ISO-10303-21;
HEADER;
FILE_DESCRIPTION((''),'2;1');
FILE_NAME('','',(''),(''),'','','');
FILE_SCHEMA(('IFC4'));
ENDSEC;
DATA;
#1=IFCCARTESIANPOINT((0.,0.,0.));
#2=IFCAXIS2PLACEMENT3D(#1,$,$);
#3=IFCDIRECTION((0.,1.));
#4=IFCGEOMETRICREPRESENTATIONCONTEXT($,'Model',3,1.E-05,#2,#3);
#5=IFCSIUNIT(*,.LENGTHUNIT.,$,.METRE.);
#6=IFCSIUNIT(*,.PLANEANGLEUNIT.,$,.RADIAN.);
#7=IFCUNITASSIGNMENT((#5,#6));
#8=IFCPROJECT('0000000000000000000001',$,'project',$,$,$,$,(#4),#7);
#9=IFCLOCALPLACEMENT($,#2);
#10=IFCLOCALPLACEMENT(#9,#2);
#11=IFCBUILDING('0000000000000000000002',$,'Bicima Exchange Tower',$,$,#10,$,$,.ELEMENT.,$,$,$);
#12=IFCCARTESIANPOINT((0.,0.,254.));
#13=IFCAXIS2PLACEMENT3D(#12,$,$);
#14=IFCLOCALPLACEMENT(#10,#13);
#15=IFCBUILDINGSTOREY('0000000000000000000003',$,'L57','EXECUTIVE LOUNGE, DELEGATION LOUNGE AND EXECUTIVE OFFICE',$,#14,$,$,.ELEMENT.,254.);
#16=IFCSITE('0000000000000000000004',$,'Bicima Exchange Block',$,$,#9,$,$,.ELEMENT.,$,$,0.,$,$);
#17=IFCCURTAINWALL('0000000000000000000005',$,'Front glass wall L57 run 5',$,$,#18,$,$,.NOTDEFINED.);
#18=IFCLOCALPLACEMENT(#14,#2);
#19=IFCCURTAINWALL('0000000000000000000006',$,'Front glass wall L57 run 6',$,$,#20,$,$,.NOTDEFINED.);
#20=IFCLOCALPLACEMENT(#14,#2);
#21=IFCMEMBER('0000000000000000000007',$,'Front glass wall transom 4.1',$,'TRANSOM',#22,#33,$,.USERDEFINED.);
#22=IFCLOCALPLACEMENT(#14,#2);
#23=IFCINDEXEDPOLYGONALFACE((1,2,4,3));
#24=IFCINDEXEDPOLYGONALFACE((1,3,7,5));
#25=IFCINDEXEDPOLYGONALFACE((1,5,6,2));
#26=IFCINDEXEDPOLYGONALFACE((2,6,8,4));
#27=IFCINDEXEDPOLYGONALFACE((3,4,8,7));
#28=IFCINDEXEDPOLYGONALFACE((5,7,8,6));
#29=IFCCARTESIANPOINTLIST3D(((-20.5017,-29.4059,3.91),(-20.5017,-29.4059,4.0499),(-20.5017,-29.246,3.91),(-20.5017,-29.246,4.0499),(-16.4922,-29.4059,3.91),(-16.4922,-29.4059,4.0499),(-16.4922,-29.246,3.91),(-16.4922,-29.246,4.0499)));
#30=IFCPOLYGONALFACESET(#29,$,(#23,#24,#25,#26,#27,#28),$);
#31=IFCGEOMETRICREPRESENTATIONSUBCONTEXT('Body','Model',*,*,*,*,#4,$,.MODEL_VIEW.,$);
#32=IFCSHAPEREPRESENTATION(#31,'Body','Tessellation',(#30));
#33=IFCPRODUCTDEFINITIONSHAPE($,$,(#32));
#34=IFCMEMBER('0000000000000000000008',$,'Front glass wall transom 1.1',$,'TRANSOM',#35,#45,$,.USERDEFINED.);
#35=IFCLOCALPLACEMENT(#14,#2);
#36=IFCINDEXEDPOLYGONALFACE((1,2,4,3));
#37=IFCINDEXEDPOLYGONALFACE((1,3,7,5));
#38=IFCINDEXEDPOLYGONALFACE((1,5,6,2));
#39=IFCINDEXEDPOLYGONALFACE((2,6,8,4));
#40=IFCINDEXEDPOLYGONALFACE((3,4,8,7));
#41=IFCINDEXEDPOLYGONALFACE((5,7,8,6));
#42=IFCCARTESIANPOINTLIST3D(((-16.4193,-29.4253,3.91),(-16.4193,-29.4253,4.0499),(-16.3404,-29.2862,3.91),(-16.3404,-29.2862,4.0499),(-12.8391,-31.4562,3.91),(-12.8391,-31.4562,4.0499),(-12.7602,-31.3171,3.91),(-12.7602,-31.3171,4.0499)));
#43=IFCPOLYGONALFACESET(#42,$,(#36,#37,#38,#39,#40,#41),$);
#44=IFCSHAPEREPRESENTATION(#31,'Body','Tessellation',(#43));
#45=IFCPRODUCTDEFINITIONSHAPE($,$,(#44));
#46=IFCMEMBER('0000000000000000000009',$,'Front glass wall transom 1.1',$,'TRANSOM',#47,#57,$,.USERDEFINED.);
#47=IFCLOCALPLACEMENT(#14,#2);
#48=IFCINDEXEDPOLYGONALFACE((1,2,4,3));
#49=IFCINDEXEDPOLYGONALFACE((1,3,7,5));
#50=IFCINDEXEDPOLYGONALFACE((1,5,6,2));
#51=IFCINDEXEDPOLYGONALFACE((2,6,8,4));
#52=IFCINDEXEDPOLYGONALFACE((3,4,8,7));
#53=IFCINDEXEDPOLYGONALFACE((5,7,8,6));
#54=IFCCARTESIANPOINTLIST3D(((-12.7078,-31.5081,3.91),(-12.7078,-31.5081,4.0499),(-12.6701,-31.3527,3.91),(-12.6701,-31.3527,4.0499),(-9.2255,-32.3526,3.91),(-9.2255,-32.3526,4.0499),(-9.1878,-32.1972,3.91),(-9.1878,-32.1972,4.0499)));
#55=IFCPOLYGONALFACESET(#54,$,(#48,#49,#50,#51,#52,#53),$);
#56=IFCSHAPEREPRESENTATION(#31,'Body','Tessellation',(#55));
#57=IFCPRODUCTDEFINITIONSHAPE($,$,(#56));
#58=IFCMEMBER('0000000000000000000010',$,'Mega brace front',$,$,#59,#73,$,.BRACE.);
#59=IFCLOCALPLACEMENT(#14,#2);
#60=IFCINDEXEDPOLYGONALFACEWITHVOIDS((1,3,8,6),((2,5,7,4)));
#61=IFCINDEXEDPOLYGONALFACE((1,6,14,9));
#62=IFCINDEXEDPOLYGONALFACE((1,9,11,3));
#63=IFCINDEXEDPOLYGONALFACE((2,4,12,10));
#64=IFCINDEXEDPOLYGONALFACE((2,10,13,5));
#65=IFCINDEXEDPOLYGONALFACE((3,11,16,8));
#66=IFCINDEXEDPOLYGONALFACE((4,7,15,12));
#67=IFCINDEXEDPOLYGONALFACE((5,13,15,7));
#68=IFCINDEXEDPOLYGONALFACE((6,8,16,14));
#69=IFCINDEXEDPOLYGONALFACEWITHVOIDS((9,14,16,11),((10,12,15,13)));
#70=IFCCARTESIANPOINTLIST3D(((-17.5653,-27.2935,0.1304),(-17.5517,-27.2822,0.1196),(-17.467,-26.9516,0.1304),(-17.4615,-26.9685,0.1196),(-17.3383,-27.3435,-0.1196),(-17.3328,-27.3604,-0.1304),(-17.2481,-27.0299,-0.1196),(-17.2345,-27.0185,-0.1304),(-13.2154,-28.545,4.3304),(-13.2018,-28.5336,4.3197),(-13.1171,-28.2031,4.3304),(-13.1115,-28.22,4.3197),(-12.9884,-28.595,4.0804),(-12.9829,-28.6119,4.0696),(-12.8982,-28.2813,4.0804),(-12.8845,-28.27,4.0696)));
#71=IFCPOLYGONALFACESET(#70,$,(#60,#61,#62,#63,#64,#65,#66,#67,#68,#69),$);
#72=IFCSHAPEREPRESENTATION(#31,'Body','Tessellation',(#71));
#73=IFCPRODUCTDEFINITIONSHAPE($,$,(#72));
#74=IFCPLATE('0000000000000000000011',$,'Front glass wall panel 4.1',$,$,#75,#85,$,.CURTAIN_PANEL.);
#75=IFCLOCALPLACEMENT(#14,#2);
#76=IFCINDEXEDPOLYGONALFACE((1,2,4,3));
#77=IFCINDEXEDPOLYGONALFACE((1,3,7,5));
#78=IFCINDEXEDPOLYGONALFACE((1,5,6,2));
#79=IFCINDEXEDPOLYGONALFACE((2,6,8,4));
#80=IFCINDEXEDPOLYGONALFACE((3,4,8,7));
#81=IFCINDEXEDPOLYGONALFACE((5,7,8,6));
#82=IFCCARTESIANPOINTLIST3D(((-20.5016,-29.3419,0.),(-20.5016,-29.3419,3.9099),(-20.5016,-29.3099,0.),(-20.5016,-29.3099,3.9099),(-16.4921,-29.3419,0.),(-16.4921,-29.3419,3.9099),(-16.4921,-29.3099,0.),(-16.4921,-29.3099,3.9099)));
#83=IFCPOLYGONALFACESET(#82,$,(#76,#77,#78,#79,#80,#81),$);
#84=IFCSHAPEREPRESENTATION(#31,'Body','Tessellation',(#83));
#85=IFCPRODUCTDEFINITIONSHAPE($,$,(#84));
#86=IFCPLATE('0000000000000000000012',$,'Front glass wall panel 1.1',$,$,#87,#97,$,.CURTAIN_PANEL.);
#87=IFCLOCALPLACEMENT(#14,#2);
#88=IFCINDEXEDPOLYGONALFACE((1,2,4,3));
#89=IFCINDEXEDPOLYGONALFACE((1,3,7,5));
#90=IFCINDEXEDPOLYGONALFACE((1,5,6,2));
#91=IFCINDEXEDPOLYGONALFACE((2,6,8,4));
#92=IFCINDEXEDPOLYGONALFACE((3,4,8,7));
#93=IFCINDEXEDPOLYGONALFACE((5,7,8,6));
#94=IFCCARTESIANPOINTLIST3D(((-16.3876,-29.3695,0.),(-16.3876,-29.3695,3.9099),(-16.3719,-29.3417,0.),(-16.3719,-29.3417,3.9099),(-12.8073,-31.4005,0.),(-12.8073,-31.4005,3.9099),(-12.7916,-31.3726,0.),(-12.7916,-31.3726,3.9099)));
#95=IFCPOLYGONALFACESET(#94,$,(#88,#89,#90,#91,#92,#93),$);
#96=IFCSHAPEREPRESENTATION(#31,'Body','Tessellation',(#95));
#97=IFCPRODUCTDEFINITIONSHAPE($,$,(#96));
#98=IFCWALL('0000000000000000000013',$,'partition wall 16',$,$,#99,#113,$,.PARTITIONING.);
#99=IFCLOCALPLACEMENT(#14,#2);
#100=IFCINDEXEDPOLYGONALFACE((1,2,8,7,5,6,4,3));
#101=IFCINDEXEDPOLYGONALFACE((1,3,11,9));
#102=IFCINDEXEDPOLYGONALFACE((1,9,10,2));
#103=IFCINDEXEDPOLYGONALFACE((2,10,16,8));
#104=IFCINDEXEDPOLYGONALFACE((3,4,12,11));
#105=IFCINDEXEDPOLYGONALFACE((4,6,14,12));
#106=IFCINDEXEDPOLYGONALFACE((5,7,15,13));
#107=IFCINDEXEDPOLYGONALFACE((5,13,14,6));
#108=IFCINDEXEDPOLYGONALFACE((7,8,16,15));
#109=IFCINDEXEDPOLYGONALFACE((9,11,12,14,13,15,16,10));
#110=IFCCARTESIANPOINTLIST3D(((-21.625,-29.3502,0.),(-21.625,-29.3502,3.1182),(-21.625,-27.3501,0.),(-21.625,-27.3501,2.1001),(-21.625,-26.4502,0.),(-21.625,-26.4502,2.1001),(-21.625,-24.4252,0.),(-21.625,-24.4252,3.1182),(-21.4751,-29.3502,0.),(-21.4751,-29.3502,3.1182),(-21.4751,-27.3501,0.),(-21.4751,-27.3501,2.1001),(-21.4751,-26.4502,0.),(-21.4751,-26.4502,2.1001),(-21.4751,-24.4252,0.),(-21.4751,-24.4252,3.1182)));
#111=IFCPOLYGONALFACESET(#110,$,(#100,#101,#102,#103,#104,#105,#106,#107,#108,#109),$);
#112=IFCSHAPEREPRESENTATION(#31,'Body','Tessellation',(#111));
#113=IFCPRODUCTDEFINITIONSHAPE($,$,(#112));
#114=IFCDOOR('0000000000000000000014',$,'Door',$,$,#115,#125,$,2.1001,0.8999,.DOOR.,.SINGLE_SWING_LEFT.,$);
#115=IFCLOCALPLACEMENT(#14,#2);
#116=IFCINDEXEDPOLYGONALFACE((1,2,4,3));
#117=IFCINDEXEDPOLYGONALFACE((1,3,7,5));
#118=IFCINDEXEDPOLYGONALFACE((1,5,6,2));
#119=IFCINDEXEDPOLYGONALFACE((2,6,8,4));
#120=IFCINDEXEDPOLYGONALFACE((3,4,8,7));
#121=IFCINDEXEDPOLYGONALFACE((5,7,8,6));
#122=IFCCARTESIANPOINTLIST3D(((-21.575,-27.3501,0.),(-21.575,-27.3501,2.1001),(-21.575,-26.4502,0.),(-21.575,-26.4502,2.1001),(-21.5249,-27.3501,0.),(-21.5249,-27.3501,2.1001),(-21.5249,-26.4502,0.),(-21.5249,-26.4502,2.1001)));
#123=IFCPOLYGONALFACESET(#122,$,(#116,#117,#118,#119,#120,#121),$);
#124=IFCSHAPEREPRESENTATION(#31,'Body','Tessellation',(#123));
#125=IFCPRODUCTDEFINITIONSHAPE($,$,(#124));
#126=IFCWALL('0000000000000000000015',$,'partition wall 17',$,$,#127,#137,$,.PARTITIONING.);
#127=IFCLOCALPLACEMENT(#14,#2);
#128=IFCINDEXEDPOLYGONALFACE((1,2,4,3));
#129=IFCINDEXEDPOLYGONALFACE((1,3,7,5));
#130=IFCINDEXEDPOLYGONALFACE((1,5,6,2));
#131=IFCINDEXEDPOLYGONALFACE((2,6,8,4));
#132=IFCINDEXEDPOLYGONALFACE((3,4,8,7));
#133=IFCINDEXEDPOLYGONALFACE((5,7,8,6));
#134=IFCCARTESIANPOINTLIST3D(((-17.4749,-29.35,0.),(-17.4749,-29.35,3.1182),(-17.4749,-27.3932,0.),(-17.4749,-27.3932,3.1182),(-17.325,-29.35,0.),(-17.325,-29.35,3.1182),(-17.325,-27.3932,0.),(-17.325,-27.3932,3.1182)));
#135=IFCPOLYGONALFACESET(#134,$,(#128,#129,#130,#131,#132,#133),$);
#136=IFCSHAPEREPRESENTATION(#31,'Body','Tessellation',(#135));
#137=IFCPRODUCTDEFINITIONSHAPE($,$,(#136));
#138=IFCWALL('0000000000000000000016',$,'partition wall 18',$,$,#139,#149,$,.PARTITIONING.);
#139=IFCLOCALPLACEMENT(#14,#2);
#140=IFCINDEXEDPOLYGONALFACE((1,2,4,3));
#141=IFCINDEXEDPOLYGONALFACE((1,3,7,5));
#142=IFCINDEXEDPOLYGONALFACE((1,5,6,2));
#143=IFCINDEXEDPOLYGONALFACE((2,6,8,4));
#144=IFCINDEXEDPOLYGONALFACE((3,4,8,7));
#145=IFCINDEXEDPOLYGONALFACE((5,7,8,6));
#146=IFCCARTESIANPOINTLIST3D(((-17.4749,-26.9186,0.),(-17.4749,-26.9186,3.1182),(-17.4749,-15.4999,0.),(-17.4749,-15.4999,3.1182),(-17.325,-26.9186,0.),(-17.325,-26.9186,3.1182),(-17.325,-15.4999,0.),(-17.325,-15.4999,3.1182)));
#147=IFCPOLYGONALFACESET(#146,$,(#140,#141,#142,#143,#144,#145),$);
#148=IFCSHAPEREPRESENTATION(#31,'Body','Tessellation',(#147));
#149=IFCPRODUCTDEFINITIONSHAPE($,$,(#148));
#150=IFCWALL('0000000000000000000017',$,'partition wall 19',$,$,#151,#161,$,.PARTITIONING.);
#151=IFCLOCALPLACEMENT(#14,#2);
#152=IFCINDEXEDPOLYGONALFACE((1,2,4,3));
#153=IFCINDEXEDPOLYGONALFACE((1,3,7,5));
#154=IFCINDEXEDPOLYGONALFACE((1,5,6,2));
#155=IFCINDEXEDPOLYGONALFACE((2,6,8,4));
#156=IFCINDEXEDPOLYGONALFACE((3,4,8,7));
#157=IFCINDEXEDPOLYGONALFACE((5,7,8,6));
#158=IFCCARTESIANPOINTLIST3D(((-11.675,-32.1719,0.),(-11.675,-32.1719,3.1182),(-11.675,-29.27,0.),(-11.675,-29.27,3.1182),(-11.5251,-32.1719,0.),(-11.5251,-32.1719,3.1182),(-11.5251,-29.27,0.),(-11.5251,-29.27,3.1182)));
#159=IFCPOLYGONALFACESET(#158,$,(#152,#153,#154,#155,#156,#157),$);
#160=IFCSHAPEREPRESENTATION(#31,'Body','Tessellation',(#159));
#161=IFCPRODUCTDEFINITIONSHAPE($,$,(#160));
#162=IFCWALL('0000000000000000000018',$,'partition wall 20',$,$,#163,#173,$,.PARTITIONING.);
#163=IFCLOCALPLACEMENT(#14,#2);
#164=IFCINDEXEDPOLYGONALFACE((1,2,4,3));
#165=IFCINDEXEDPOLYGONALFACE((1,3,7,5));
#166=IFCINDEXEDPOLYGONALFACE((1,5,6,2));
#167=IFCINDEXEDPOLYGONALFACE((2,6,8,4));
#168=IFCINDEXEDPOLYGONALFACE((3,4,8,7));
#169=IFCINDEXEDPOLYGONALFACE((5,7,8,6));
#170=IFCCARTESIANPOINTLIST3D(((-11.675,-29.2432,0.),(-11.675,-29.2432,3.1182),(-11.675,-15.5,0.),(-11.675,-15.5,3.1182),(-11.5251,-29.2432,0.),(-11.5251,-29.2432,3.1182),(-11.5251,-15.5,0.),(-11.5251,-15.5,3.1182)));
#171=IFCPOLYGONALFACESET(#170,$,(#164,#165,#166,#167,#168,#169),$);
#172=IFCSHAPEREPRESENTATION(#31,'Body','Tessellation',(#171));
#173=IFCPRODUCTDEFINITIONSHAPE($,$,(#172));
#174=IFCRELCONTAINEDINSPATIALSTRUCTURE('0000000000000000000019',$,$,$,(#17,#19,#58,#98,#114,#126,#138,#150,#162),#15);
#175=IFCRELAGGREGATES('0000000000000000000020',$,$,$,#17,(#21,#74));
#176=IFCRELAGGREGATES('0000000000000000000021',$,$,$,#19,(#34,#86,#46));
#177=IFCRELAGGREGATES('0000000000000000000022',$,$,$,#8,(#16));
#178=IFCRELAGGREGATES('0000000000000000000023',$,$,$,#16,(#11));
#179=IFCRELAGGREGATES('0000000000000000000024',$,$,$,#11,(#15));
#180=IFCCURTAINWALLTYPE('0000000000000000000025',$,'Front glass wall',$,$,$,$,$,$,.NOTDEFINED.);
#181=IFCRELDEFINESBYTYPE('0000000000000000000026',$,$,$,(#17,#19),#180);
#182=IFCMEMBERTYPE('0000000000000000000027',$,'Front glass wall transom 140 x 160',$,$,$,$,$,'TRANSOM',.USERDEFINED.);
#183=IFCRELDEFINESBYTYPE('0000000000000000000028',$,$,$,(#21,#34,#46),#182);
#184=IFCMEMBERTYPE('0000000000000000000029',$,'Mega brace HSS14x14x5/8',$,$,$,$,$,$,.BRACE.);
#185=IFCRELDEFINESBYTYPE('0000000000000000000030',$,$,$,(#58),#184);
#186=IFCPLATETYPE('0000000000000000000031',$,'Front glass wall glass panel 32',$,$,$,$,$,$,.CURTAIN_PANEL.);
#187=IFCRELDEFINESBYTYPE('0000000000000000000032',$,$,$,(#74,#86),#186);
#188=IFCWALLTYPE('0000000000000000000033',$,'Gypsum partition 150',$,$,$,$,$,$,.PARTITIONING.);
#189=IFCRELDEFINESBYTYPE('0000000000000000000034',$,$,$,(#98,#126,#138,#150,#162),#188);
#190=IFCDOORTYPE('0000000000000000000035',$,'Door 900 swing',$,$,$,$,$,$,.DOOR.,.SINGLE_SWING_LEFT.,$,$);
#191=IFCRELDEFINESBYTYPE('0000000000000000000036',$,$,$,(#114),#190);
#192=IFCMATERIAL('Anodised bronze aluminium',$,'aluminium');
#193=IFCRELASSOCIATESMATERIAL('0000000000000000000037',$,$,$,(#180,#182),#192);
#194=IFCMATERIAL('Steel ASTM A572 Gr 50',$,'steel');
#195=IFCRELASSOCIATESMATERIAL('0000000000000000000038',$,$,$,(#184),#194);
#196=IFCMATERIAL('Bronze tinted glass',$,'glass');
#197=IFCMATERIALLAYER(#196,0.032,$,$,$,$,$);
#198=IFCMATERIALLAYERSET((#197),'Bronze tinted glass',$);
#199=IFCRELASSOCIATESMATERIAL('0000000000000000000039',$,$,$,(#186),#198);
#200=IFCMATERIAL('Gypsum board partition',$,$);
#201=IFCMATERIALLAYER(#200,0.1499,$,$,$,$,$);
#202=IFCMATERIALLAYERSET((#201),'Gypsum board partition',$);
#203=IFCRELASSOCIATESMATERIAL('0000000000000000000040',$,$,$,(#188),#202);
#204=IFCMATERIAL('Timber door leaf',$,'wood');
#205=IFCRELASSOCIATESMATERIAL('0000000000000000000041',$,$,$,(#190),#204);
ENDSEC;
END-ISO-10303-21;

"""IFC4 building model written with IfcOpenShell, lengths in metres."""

from ifc_helpers import new_model, si_unit, direction, frame, frame_2d, origin, origin_2d, place, context, subcontext, project, spatial, rectangle, hollow_rectangle, extrude, material, layer, layer_set, material_profile, profile_set, type_object, element, fill, aggregate, save


model = new_model("IFC4")

# Units and contexts
model_context = context("Model", 3, precision=1e-05, world=origin(), true_north=direction((0.0, 1.0)))
body_context = subcontext(model_context, "Body", "Model", "MODEL_VIEW")
ifc_project = project(units=[si_unit("LENGTHUNIT", "METRE"), si_unit("PLANEANGLEUNIT", "RADIAN")], contexts=[model_context])

# Site, building, storey
site_placement = place(None, origin())
site = spatial("IfcSite", under=ifc_project, at=site_placement, Name="Bicima Exchange Block", CompositionType="ELEMENT", RefElevation=0.0)
building_placement = place(site_placement, origin())
building = spatial("IfcBuilding", under=site, at=building_placement, Name="Bicima Exchange Tower", CompositionType="ELEMENT")
storey_placement = place(building_placement, frame((0.0, 0.0, 254.0)))
storey = spatial("IfcBuildingStorey", under=building, at=storey_placement, Name="L57", Description="EXECUTIVE LOUNGE, DELEGATION LOUNGE AND EXECUTIVE OFFICE", CompositionType="ELEMENT", Elevation=254.0)

# Curtain walls
ifc_material_1 = material(Name="Anodised bronze aluminium", Category="aluminium")
curtain_wall_type = type_object("IfcCurtainWallType", Name="Front glass wall", PredefinedType="NOTDEFINED", material=ifc_material_1)
curtain_wall_1_placement = place(storey_placement, origin())
curtain_wall_1 = element("IfcCurtainWall", 1, at=curtain_wall_1_placement, inside=storey, type_object=curtain_wall_type, Name="Front glass wall L57 run 5", PredefinedType="NOTDEFINED")
curtain_wall_2_placement = place(storey_placement, origin())
curtain_wall_2 = element("IfcCurtainWall", 2, at=curtain_wall_2_placement, inside=storey, type_object=curtain_wall_type, Name="Front glass wall L57 run 6", PredefinedType="NOTDEFINED")

# Members
ifc_material_profile_1 = material_profile(ifc_material_1, rectangle(XDim=0.1599, YDim=0.1399, at=origin_2d()))
ifc_profile_set_1 = profile_set([ifc_material_profile_1], Name="Anodised bronze aluminium")
member_type_1 = type_object("IfcMemberType", Name="Front glass wall transom 140 x 160", ElementType="TRANSOM", PredefinedType="USERDEFINED", material=ifc_profile_set_1)
member_1_placement = place(storey_placement, frame((-20.5017, -29.3259, 3.98), z_axis=(1.0, 0.0, 0.0), x_axis=(0.0, 1.0, 0.0)))
member_1 = element("IfcMember", 3, at=member_1_placement, type_object=member_type_1, Name="Front glass wall transom 4.1", ObjectType="TRANSOM", PredefinedType="USERDEFINED", context=body_context, shape_type="SweptSolid", body=[
    extrude(rectangle(XDim=0.1599, YDim=0.1399, at=origin_2d()), origin(), (0.0, 0.0, 1.0), 4.0095),
])
member_2_placement = place(storey_placement, frame((-16.3799, -29.3557, 3.98), z_axis=(0.869797, -0.493409, 0.0), x_axis=(0.493409, 0.869797, 0.0)))
member_2 = element("IfcMember", 4, at=member_2_placement, type_object=member_type_1, Name="Front glass wall transom 1.1", ObjectType="TRANSOM", PredefinedType="USERDEFINED", context=body_context, shape_type="SweptSolid", body=[
    extrude(rectangle(XDim=0.1599, YDim=0.1399, at=origin_2d()), origin(), (0.0, 0.0, 1.0), 4.1162),
])
member_3_placement = place(storey_placement, frame((-12.689, -31.4304, 3.98), z_axis=(0.971834, -0.235668, 0.0), x_axis=(0.235668, 0.971834, 0.0)))
member_3 = element("IfcMember", 5, at=member_3_placement, type_object=member_type_1, Name="Front glass wall transom 1.1", ObjectType="TRANSOM", PredefinedType="USERDEFINED", context=body_context, shape_type="SweptSolid", body=[
    extrude(rectangle(XDim=0.1599, YDim=0.1399, at=origin_2d()), origin(), (0.0, 0.0, 1.0), 3.5833),
])
ifc_material_2 = material(Name="Steel ASTM A572 Gr 50", Category="steel")
ifc_material_profile_2 = material_profile(ifc_material_2, hollow_rectangle(XDim=0.3557, YDim=0.3557, WallThickness=0.0146, at=origin_2d()))
ifc_profile_set_2 = profile_set([ifc_material_profile_2], Name="Steel ASTM A572 Gr 50")
member_type_2 = type_object("IfcMemberType", Name="Mega brace HSS14x14x5/8", PredefinedType="BRACE", material=ifc_profile_set_2)
member_4_placement = place(storey_placement, frame((-17.3999, -27.156, 0.0), z_axis=(0.704463, -0.202676, 0.680187), x_axis=(0.276487, 0.961018, 0.0)))
element("IfcMember", 6, at=member_4_placement, inside=storey, type_object=member_type_2, Name="Mega brace front", PredefinedType="BRACE", context=body_context, shape_type="SweptSolid", body=[
    extrude(hollow_rectangle(XDim=0.3557, YDim=0.3557, WallThickness=0.0146, at=origin_2d()), origin(), (0.0, 0.0, 1.0), 6.1748),
])

# Plates
ifc_material_3 = material(Name="Bronze tinted glass", Category="glass")
ifc_layer_1 = layer(ifc_material_3, 0.032)
ifc_layer_set_1 = layer_set([ifc_layer_1], Name="Bronze tinted glass")
plate_type = type_object("IfcPlateType", Name="Front glass wall glass panel 32", PredefinedType="CURTAIN_PANEL", material=ifc_layer_set_1)
plate_1_placement = place(storey_placement, frame((-18.4968, -29.3259, 0.0), z_axis=(0.0, 0.0, 1.0), x_axis=(1.0, 0.0, 0.0)))
plate_1 = element("IfcPlate", 7, at=plate_1_placement, type_object=plate_type, Name="Front glass wall panel 4.1", PredefinedType="CURTAIN_PANEL", context=body_context, shape_type="SweptSolid", body=[
    extrude(rectangle(XDim=4.0095, YDim=0.032, at=origin_2d()), origin(), (0.0, 0.0, 1.0), 3.9099),
])
aggregate(curtain_wall_1, [member_1, plate_1])
plate_2_placement = place(storey_placement, frame((-14.5896, -30.3711, 0.0), z_axis=(0.0, 0.0, 1.0), x_axis=(0.869805, -0.493395, 0.0)))
plate_2 = element("IfcPlate", 8, at=plate_2_placement, type_object=plate_type, Name="Front glass wall panel 1.1", PredefinedType="CURTAIN_PANEL", context=body_context, shape_type="SweptSolid", body=[
    extrude(rectangle(XDim=4.1162, YDim=0.032, at=origin_2d()), origin(), (0.0, 0.0, 1.0), 3.9099),
])
aggregate(curtain_wall_2, [member_2, plate_2, member_3])

# Wall, opening, door
ifc_material_4 = material(Name="Gypsum board partition")
ifc_layer_2 = layer(ifc_material_4, 0.1499)
ifc_layer_set_2 = layer_set([ifc_layer_2], Name="Gypsum board partition")
wall_type = type_object("IfcWallType", Name="Gypsum partition 150", PredefinedType="PARTITIONING", material=ifc_layer_set_2)
wall_1_placement = place(storey_placement, frame((-21.55, -29.3501, 0.0), z_axis=(0.0, 0.0, 1.0), x_axis=(0.0, 1.0, 0.0)))
wall_1 = element("IfcWall", 9, at=wall_1_placement, inside=storey, type_object=wall_type, Name="partition wall 16", PredefinedType="PARTITIONING", context=body_context, shape_type="SweptSolid", body=[
    extrude(rectangle(XDim=4.925, YDim=0.1499, at=frame_2d((2.4624, 0.0))), origin(), (0.0, 0.0, 1.0), 3.1182),
])
opening_placement = place(wall_1_placement, frame((2.0, 0.0, 0.0)))
opening = element("IfcOpeningElement", 10, at=opening_placement, cuts=wall_1, PredefinedType="OPENING", context=body_context, shape_type="SweptSolid", body=[
    extrude(rectangle(XDim=0.8999, YDim=2.1001, at=frame_2d((0.45, 1.05))), frame((0.0, 0.0869, 0.0), z_axis=(0.0, -1.0, 0.0), x_axis=(1.0, 0.0, 0.0)), (0.0, 0.0, 1.0), 0.1738),
])
ifc_material_5 = material(Name="Timber door leaf", Category="wood")
door_type = type_object("IfcDoorType", Name="Door 900 swing", OperationType="SINGLE_SWING_LEFT", PredefinedType="DOOR", material=ifc_material_5)
door_placement = place(opening_placement, origin())
door = element("IfcDoor", 11, at=door_placement, inside=storey, type_object=door_type, Name="Door", OperationType="SINGLE_SWING_LEFT", OverallHeight=2.1001, OverallWidth=0.8999, PredefinedType="DOOR", context=body_context, shape_type="SweptSolid", body=[
    extrude(rectangle(XDim=0.8999, YDim=2.1001, at=frame_2d((0.45, 1.05))), frame((0.0, 0.0249, 0.0), z_axis=(0.0, -1.0, 0.0), x_axis=(1.0, 0.0, 0.0)), (0.0, 0.0, 1.0), 0.05),
])
fill(opening, door)

# Walls
wall_2_placement = place(storey_placement, frame((-17.3999, -29.3501, 0.0), z_axis=(0.0, 0.0, 1.0), x_axis=(0.0, 1.0, 0.0)))
element("IfcWall", 12, at=wall_2_placement, inside=storey, type_object=wall_type, Name="partition wall 17", PredefinedType="PARTITIONING", context=body_context, shape_type="SweptSolid", body=[
    extrude(rectangle(XDim=1.9568, YDim=0.1499, at=frame_2d((0.9785, 0.0))), origin(), (0.0, 0.0, 1.0), 3.1182),
])
wall_3_placement = place(storey_placement, frame((-17.3999, -26.9187, 0.0), z_axis=(0.0, 0.0, 1.0), x_axis=(0.0, 1.0, 0.0)))
element("IfcWall", 13, at=wall_3_placement, inside=storey, type_object=wall_type, Name="partition wall 18", PredefinedType="PARTITIONING", context=body_context, shape_type="SweptSolid", body=[
    extrude(rectangle(XDim=11.4187, YDim=0.1499, at=frame_2d((5.7095, 0.0))), origin(), (0.0, 0.0, 1.0), 3.1182),
])
wall_4_placement = place(storey_placement, frame((-11.6001, -32.1719, 0.0), z_axis=(0.0, 0.0, 1.0), x_axis=(0.0, 1.0, 0.0)))
element("IfcWall", 14, at=wall_4_placement, inside=storey, type_object=wall_type, Name="partition wall 19", PredefinedType="PARTITIONING", context=body_context, shape_type="SweptSolid", body=[
    extrude(rectangle(XDim=2.9019, YDim=0.1499, at=frame_2d((1.4509, 0.0))), origin(), (0.0, 0.0, 1.0), 3.1182),
])
wall_5_placement = place(storey_placement, frame((-11.6001, -29.2432, 0.0), z_axis=(0.0, 0.0, 1.0), x_axis=(0.0, 1.0, 0.0)))
element("IfcWall", 15, at=wall_5_placement, inside=storey, type_object=wall_type, Name="partition wall 20", PredefinedType="PARTITIONING", context=body_context, shape_type="SweptSolid", body=[
    extrude(rectangle(XDim=13.7432, YDim=0.1499, at=frame_2d((6.8716, 0.0))), origin(), (0.0, 0.0, 1.0), 3.1182),
])

save(model, "model.ifc")
